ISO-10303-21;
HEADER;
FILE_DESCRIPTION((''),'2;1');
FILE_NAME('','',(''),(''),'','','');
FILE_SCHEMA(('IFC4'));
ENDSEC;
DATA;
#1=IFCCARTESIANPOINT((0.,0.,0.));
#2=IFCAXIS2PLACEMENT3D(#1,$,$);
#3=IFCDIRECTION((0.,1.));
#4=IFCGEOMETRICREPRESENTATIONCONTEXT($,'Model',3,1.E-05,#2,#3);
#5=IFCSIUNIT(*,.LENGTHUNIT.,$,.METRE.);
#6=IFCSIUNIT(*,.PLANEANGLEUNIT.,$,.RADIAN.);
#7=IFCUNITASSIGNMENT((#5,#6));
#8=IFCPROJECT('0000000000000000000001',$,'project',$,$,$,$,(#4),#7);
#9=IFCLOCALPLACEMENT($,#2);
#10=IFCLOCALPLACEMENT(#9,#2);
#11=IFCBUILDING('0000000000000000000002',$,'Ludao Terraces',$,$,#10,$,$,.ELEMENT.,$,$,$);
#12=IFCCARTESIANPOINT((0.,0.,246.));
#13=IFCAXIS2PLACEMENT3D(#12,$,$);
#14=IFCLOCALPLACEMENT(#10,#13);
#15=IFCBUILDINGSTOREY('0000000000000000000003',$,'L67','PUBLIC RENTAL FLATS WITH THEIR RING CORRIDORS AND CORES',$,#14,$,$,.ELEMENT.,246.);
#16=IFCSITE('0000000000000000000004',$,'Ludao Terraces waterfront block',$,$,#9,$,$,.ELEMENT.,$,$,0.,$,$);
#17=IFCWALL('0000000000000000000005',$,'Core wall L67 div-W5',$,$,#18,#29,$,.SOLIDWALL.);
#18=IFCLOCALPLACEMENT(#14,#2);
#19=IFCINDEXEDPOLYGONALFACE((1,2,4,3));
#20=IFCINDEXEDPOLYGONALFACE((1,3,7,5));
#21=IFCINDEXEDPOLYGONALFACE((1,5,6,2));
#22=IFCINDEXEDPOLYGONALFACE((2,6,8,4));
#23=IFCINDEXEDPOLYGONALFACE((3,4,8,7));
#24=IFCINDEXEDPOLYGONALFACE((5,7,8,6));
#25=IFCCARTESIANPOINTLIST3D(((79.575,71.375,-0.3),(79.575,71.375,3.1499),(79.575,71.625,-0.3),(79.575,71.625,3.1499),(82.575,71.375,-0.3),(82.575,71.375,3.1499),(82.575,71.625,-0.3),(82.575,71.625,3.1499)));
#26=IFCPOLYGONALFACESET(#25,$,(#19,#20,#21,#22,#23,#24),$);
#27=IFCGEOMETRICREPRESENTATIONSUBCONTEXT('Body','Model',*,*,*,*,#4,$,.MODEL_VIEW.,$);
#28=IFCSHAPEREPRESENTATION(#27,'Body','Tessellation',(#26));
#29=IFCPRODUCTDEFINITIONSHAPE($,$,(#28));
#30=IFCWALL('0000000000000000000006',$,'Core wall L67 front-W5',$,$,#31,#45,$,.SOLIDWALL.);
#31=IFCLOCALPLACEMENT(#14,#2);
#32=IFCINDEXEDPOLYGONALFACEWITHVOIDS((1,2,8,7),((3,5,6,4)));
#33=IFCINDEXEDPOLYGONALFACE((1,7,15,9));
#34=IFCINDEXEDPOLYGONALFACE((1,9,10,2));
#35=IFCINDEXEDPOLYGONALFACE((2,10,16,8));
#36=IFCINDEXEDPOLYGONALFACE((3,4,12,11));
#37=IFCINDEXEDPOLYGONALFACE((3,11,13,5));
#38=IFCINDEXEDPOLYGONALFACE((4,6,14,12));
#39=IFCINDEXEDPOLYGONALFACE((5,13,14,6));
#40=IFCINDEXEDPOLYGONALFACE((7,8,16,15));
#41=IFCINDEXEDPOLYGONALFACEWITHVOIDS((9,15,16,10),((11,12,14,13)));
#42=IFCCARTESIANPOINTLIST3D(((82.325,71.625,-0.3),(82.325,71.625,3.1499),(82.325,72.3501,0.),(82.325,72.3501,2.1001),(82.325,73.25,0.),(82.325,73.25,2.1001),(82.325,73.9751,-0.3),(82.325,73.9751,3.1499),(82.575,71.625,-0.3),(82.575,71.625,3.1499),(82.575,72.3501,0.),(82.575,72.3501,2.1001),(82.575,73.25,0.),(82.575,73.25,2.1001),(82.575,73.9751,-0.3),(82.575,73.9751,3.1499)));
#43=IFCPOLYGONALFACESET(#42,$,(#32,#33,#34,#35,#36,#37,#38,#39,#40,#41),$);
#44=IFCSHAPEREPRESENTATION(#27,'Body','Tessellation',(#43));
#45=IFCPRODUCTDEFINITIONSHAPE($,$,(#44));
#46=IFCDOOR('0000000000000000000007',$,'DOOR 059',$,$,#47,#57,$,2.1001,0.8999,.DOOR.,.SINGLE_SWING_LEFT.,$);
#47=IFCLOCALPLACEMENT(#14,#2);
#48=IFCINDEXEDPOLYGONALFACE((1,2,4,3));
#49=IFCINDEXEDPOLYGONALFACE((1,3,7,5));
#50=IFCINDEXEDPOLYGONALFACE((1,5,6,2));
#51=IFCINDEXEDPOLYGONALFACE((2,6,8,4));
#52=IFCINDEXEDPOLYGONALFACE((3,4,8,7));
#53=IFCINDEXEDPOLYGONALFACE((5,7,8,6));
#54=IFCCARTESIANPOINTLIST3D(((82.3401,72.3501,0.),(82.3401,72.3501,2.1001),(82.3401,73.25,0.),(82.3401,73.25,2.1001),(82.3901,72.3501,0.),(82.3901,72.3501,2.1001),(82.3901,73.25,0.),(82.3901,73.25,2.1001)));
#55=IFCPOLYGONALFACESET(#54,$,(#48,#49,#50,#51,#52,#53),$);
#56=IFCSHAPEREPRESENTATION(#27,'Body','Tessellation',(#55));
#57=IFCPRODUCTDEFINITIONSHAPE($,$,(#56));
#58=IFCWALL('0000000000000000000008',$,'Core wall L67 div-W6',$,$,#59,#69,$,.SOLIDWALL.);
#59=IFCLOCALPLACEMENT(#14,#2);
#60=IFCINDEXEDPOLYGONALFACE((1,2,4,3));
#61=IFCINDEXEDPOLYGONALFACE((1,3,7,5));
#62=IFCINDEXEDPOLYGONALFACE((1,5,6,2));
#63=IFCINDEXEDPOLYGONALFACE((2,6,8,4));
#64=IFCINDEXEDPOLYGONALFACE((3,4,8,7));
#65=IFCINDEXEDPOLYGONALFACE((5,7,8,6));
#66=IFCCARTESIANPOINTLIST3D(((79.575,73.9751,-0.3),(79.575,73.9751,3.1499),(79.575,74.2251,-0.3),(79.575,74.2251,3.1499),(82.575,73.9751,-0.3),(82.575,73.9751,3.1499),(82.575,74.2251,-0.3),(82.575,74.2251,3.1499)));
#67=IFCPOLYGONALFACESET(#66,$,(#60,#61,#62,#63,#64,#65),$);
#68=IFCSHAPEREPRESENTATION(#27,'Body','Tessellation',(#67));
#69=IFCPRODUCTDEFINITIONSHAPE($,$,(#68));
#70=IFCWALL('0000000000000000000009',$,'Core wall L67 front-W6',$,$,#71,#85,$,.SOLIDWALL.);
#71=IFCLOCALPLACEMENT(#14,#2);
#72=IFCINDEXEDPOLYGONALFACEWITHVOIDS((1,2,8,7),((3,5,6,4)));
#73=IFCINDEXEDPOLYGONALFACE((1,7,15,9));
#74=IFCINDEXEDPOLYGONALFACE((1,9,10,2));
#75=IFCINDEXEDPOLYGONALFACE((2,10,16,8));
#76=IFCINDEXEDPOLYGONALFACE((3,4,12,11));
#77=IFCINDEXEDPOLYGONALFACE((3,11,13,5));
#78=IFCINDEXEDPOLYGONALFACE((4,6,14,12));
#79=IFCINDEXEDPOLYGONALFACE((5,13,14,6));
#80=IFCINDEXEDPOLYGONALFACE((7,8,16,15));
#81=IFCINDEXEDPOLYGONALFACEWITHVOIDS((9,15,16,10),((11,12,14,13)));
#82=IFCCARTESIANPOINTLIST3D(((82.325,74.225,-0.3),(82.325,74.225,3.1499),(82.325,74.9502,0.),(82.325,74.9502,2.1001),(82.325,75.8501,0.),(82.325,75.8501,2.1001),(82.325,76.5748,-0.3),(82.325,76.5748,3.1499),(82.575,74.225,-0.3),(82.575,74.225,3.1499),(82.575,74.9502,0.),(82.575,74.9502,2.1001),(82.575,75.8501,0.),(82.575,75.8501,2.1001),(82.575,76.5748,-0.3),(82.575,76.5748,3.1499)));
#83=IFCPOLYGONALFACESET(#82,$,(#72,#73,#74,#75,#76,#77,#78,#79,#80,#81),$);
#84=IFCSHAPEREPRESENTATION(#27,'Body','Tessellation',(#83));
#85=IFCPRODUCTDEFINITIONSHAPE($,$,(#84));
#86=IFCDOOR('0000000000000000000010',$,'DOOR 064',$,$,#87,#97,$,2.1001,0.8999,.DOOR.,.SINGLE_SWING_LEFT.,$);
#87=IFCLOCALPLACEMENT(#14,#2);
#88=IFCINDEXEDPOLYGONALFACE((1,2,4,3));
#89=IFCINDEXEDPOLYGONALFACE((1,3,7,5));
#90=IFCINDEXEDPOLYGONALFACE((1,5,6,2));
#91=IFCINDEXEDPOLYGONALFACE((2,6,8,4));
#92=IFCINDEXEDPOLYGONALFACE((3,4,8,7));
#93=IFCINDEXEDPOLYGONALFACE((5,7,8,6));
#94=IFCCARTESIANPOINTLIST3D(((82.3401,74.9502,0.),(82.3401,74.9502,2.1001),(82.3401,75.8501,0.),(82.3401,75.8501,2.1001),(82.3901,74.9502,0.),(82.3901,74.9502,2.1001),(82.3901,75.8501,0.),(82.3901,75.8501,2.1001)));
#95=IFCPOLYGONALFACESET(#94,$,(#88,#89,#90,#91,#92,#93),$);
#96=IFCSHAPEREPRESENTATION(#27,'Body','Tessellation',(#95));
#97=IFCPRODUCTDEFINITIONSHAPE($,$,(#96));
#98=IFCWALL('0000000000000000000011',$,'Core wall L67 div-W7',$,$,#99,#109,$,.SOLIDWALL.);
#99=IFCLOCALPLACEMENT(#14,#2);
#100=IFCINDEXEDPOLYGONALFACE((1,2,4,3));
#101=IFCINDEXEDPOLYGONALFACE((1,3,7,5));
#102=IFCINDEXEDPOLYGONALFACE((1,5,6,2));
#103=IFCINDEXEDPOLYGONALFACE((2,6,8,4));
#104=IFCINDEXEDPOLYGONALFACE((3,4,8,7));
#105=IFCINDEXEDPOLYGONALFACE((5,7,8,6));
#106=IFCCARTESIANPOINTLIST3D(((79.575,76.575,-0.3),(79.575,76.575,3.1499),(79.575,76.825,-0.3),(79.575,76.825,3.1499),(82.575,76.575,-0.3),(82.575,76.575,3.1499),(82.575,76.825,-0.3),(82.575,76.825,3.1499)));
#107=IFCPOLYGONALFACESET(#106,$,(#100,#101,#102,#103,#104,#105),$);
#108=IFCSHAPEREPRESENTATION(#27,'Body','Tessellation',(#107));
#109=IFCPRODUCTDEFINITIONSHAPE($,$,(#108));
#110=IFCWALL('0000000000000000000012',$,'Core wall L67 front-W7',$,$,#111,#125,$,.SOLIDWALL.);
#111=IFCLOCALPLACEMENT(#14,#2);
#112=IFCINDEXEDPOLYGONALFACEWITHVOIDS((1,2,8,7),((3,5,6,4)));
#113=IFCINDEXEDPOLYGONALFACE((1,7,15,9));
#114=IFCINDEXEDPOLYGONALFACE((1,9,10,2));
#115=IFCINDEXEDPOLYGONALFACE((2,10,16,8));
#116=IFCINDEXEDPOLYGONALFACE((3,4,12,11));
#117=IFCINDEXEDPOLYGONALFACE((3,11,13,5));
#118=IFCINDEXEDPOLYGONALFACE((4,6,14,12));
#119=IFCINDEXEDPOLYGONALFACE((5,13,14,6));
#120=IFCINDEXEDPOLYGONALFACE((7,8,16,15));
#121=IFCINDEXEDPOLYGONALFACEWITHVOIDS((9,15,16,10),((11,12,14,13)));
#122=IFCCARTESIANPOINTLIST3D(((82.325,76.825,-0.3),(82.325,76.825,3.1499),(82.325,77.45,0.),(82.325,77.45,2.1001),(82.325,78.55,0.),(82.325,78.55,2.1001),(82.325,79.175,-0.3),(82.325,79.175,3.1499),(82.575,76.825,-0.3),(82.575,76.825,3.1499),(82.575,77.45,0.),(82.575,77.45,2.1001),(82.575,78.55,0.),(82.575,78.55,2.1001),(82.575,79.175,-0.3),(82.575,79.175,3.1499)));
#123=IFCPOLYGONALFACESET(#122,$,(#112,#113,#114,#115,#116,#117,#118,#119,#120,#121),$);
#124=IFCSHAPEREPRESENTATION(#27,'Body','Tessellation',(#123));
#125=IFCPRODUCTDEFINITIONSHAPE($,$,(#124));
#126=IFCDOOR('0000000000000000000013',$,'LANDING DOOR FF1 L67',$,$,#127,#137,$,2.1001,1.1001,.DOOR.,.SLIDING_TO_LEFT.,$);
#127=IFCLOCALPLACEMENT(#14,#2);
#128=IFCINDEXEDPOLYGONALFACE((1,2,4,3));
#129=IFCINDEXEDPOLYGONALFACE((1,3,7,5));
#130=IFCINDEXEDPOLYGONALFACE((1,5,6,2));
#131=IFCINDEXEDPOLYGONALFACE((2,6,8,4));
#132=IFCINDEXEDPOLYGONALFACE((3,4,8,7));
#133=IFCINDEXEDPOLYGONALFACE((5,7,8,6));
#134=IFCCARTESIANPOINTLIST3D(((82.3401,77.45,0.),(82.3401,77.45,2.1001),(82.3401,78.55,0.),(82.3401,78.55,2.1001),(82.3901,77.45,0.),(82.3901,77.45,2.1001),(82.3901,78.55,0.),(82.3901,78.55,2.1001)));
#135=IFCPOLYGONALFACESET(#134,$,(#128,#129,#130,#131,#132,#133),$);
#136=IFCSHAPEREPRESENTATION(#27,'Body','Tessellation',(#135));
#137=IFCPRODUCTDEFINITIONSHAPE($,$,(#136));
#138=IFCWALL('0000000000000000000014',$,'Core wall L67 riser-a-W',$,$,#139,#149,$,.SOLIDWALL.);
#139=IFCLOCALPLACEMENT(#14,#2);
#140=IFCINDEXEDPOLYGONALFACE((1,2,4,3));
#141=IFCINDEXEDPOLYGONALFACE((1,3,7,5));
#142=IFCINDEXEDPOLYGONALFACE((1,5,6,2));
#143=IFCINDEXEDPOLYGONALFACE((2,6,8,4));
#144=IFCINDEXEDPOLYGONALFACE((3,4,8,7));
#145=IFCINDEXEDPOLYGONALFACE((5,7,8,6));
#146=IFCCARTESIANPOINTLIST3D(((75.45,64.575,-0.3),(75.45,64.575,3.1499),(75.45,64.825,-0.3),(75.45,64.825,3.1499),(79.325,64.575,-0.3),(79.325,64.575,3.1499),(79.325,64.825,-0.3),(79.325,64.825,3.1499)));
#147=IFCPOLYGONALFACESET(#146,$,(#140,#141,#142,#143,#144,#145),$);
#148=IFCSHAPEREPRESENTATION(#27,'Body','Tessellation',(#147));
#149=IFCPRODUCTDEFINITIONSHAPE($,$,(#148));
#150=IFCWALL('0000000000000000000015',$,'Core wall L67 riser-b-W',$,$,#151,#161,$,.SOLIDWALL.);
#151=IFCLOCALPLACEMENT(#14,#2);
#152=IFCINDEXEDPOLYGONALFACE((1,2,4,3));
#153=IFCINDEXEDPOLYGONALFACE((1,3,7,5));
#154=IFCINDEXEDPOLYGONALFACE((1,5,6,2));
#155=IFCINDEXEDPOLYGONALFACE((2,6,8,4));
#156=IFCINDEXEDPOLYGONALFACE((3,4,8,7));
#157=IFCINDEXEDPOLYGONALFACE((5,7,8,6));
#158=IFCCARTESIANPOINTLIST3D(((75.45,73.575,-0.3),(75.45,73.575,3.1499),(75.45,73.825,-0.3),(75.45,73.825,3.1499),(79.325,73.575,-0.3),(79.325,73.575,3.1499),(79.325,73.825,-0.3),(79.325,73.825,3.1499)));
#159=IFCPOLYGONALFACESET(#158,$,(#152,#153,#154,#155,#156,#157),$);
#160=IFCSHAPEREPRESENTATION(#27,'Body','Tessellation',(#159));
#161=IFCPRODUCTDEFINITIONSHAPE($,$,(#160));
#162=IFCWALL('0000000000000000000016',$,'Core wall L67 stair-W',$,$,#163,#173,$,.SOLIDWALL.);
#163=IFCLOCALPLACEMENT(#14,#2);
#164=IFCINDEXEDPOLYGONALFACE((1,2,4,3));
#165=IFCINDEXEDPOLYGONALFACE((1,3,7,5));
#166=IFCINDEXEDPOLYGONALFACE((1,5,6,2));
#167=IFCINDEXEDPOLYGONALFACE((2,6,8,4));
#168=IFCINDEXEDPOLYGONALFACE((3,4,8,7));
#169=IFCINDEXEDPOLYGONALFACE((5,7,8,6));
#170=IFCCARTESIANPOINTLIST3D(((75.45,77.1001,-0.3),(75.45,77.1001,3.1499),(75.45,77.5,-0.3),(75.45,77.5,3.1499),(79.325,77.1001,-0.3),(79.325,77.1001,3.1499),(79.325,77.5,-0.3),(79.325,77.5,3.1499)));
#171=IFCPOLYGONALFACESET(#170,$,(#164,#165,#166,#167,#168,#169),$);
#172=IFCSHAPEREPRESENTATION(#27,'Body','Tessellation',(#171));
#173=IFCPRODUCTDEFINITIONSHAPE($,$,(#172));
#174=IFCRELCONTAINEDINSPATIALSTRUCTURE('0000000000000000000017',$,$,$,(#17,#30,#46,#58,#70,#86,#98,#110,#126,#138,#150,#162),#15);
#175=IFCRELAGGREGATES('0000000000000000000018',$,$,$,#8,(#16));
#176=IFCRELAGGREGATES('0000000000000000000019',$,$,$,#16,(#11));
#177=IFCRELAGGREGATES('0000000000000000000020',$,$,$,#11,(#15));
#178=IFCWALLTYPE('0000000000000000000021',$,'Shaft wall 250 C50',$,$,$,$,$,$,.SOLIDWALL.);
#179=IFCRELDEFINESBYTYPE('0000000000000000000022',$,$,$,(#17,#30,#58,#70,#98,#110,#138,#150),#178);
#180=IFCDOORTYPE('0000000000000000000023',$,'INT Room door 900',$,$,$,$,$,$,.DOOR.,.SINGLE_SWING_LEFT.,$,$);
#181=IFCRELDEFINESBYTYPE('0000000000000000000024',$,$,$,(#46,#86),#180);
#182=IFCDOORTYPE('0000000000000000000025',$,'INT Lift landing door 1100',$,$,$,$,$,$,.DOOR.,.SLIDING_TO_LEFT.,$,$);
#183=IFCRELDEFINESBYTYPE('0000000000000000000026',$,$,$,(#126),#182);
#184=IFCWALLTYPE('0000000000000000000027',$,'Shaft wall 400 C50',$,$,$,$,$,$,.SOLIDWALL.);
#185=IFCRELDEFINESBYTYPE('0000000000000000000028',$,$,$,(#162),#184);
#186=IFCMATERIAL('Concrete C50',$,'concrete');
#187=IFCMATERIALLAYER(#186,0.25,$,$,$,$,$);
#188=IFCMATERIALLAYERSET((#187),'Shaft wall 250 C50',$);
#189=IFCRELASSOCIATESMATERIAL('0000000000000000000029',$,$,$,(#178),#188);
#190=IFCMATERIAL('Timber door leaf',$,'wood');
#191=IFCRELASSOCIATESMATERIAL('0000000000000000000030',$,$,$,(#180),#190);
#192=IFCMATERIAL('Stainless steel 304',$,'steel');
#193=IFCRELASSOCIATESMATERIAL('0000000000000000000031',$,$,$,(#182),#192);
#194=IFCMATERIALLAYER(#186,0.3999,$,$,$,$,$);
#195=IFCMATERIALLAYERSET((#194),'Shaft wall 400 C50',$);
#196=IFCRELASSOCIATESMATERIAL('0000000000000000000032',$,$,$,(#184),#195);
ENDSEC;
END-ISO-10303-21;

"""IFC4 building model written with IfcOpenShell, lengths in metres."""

from ifc_helpers import new_model, si_unit, direction, frame, frame_2d, origin, place, context, subcontext, project, spatial, rectangle, extrude, material, layer, layer_set, type_object, element, fill, save


model = new_model("IFC4")

# Units and contexts
model_context = context("Model", 3, precision=1e-05, world=origin(), true_north=direction((0.0, 1.0)))
body_context = subcontext(model_context, "Body", "Model", "MODEL_VIEW")
ifc_project = project(units=[si_unit("LENGTHUNIT", "METRE"), si_unit("PLANEANGLEUNIT", "RADIAN")], contexts=[model_context])

# Site, building, storey
site_placement = place(None, origin())
site = spatial("IfcSite", under=ifc_project, at=site_placement, Name="Ludao Terraces waterfront block", CompositionType="ELEMENT", RefElevation=0.0)
building_placement = place(site_placement, origin())
building = spatial("IfcBuilding", under=site, at=building_placement, Name="Ludao Terraces", CompositionType="ELEMENT")
storey_placement = place(building_placement, frame((0.0, 0.0, 246.0)))
storey = spatial("IfcBuildingStorey", under=building, at=storey_placement, Name="L67", Description="PUBLIC RENTAL FLATS WITH THEIR RING CORRIDORS AND CORES", CompositionType="ELEMENT", Elevation=246.0)

# Shared definitions
ifc_material_1 = material(Name="Concrete C50", Category="concrete")

# Shared definitions
ifc_layer_1 = layer(ifc_material_1, 0.25)
ifc_layer_set_1 = layer_set([ifc_layer_1], Name="Shaft wall 250 C50")
wall_type_1 = type_object("IfcWallType", Name="Shaft wall 250 C50", PredefinedType="SOLIDWALL", material=ifc_layer_set_1)

# Shared definitions
ifc_material_2 = material(Name="Timber door leaf", Category="wood")
door_type_1 = type_object("IfcDoorType", Name="INT Room door 900", OperationType="SINGLE_SWING_LEFT", PredefinedType="DOOR", material=ifc_material_2)

# Wall
wall_1_placement = place(storey_placement, frame((79.575, 71.5, -0.3), z_axis=(0.0, 0.0, 1.0), x_axis=(1.0, 0.0, 0.0)))
element("IfcWall", 1, at=wall_1_placement, inside=storey, type_object=wall_type_1, Name="Core wall L67 div-W5", PredefinedType="SOLIDWALL", context=body_context, shape_type="SweptSolid", body=[
    extrude(rectangle(XDim=3.0, YDim=0.25, at=frame_2d((1.5, 0.0))), origin(), (0.0, 0.0, 1.0), 3.45),
])

# Wall, opening, door
wall_2_placement = place(storey_placement, frame((82.45, 71.625, -0.3), z_axis=(0.0, 0.0, 1.0), x_axis=(0.0, 1.0, 0.0)))
wall_2 = element("IfcWall", 2, at=wall_2_placement, inside=storey, type_object=wall_type_1, Name="Core wall L67 front-W5", PredefinedType="SOLIDWALL", context=body_context, shape_type="SweptSolid", body=[
    extrude(rectangle(XDim=2.3501, YDim=0.25, at=frame_2d((1.175, 0.0))), origin(), (0.0, 0.0, 1.0), 3.45),
])
opening_1_placement = place(wall_2_placement, frame((0.7251, 0.0, 0.3)))
opening_1 = element("IfcOpeningElement", 3, at=opening_1_placement, cuts=wall_2, PredefinedType="OPENING", context=body_context, shape_type="SweptSolid", body=[
    extrude(rectangle(XDim=0.8999, YDim=2.1001, at=frame_2d((0.45, 1.05))), frame((0.0, 0.135, 0.0), z_axis=(0.0, -1.0, 0.0), x_axis=(1.0, 0.0, 0.0)), (0.0, 0.0, 1.0), 0.27),
])
door_1_placement = place(opening_1_placement, origin())
door_1 = element("IfcDoor", 4, at=door_1_placement, inside=storey, type_object=door_type_1, Name="DOOR 059", OperationType="SINGLE_SWING_LEFT", OverallHeight=2.1001, OverallWidth=0.8999, PredefinedType="DOOR", context=body_context, shape_type="SweptSolid", body=[
    extrude(rectangle(XDim=0.8999, YDim=2.1001, at=frame_2d((0.45, 1.05))), frame((0.0, 0.1099, 0.0), z_axis=(0.0, -1.0, 0.0), x_axis=(1.0, 0.0, 0.0)), (0.0, 0.0, 1.0), 0.05),
])
fill(opening_1, door_1)

# Wall
wall_3_placement = place(storey_placement, frame((79.575, 74.1001, -0.3), z_axis=(0.0, 0.0, 1.0), x_axis=(1.0, 0.0, 0.0)))
element("IfcWall", 5, at=wall_3_placement, inside=storey, type_object=wall_type_1, Name="Core wall L67 div-W6", PredefinedType="SOLIDWALL", context=body_context, shape_type="SweptSolid", body=[
    extrude(rectangle(XDim=3.0, YDim=0.25, at=frame_2d((1.5, 0.0))), origin(), (0.0, 0.0, 1.0), 3.45),
])

# Wall, opening, door
wall_4_placement = place(storey_placement, frame((82.45, 74.2251, -0.3), z_axis=(0.0, 0.0, 1.0), x_axis=(0.0, 1.0, 0.0)))
wall_4 = element("IfcWall", 6, at=wall_4_placement, inside=storey, type_object=wall_type_1, Name="Core wall L67 front-W6", PredefinedType="SOLIDWALL", context=body_context, shape_type="SweptSolid", body=[
    extrude(rectangle(XDim=2.3499, YDim=0.25, at=frame_2d((1.1748, 0.0))), origin(), (0.0, 0.0, 1.0), 3.45),
])
opening_2_placement = place(wall_4_placement, frame((0.7251, 0.0, 0.3)))
opening_2 = element("IfcOpeningElement", 7, at=opening_2_placement, cuts=wall_4, PredefinedType="OPENING", context=body_context, shape_type="SweptSolid", body=[
    extrude(rectangle(XDim=0.8999, YDim=2.1001, at=frame_2d((0.45, 1.05))), frame((0.0, 0.135, 0.0), z_axis=(0.0, -1.0, 0.0), x_axis=(1.0, 0.0, 0.0)), (0.0, 0.0, 1.0), 0.27),
])
door_2_placement = place(opening_2_placement, origin())
door_2 = element("IfcDoor", 8, at=door_2_placement, inside=storey, type_object=door_type_1, Name="DOOR 064", OperationType="SINGLE_SWING_LEFT", OverallHeight=2.1001, OverallWidth=0.8999, PredefinedType="DOOR", context=body_context, shape_type="SweptSolid", body=[
    extrude(rectangle(XDim=0.8999, YDim=2.1001, at=frame_2d((0.45, 1.05))), frame((0.0, 0.1099, 0.0), z_axis=(0.0, -1.0, 0.0), x_axis=(1.0, 0.0, 0.0)), (0.0, 0.0, 1.0), 0.05),
])
fill(opening_2, door_2)

# Wall
wall_5_placement = place(storey_placement, frame((79.575, 76.7, -0.3), z_axis=(0.0, 0.0, 1.0), x_axis=(1.0, 0.0, 0.0)))
element("IfcWall", 9, at=wall_5_placement, inside=storey, type_object=wall_type_1, Name="Core wall L67 div-W7", PredefinedType="SOLIDWALL", context=body_context, shape_type="SweptSolid", body=[
    extrude(rectangle(XDim=3.0, YDim=0.25, at=frame_2d((1.5, 0.0))), origin(), (0.0, 0.0, 1.0), 3.45),
])

# Wall, opening, door
wall_6_placement = place(storey_placement, frame((82.45, 76.825, -0.3), z_axis=(0.0, 0.0, 1.0), x_axis=(0.0, 1.0, 0.0)))
wall_6 = element("IfcWall", 10, at=wall_6_placement, inside=storey, type_object=wall_type_1, Name="Core wall L67 front-W7", PredefinedType="SOLIDWALL", context=body_context, shape_type="SweptSolid", body=[
    extrude(rectangle(XDim=2.3501, YDim=0.25, at=frame_2d((1.175, 0.0))), origin(), (0.0, 0.0, 1.0), 3.45),
])
opening_3_placement = place(wall_6_placement, frame((0.625, 0.0, 0.3)))
opening_3 = element("IfcOpeningElement", 11, at=opening_3_placement, cuts=wall_6, PredefinedType="OPENING", context=body_context, shape_type="SweptSolid", body=[
    extrude(rectangle(XDim=1.1001, YDim=2.1001, at=frame_2d((0.55, 1.05))), frame((0.0, 0.135, 0.0), z_axis=(0.0, -1.0, 0.0), x_axis=(1.0, 0.0, 0.0)), (0.0, 0.0, 1.0), 0.27),
])
ifc_material_3 = material(Name="Stainless steel 304", Category="steel")
door_type_2 = type_object("IfcDoorType", Name="INT Lift landing door 1100", OperationType="SLIDING_TO_LEFT", PredefinedType="DOOR", material=ifc_material_3)
door_3_placement = place(opening_3_placement, origin())
door_3 = element("IfcDoor", 12, at=door_3_placement, inside=storey, type_object=door_type_2, Name="LANDING DOOR FF1 L67", OperationType="SLIDING_TO_LEFT", OverallHeight=2.1001, OverallWidth=1.1001, PredefinedType="DOOR", context=body_context, shape_type="SweptSolid", body=[
    extrude(rectangle(XDim=1.1001, YDim=2.1001, at=frame_2d((0.55, 1.05))), frame((0.0, 0.1099, 0.0), z_axis=(0.0, -1.0, 0.0), x_axis=(1.0, 0.0, 0.0)), (0.0, 0.0, 1.0), 0.05),
])
fill(opening_3, door_3)

# Walls
for number, where, z_axis, x_axis, name in (
    (13, (75.45, 64.7, -0.3), (0.0, 0.0, 1.0), (1.0, 0.0, 0.0), "Core wall L67 riser-a-W"),
    (14, (75.45, 73.7, -0.3), (0.0, 0.0, 1.0), (1.0, 0.0, 0.0), "Core wall L67 riser-b-W"),
):
    element("IfcWall", number, at=place(storey_placement, frame(where, z_axis=z_axis, x_axis=x_axis)), inside=storey, type_object=wall_type_1, Name=name, PredefinedType="SOLIDWALL", context=body_context, shape_type="SweptSolid", body=[
        extrude(rectangle(XDim=3.875, YDim=0.25, at=frame_2d((1.9375, 0.0))), origin(), (0.0, 0.0, 1.0), 3.45),
    ])
ifc_layer_2 = layer(ifc_material_1, 0.3999)
ifc_layer_set_2 = layer_set([ifc_layer_2], Name="Shaft wall 400 C50")
wall_type_2 = type_object("IfcWallType", Name="Shaft wall 400 C50", PredefinedType="SOLIDWALL", material=ifc_layer_set_2)
wall_7_placement = place(storey_placement, frame((75.45, 77.3, -0.3), z_axis=(0.0, 0.0, 1.0), x_axis=(1.0, 0.0, 0.0)))
element("IfcWall", 15, at=wall_7_placement, inside=storey, type_object=wall_type_2, Name="Core wall L67 stair-W", PredefinedType="SOLIDWALL", context=body_context, shape_type="SweptSolid", body=[
    extrude(rectangle(XDim=3.875, YDim=0.3999, at=frame_2d((1.9375, 0.0))), origin(), (0.0, 0.0, 1.0), 3.45),
])

save(model, "model.ifc")
